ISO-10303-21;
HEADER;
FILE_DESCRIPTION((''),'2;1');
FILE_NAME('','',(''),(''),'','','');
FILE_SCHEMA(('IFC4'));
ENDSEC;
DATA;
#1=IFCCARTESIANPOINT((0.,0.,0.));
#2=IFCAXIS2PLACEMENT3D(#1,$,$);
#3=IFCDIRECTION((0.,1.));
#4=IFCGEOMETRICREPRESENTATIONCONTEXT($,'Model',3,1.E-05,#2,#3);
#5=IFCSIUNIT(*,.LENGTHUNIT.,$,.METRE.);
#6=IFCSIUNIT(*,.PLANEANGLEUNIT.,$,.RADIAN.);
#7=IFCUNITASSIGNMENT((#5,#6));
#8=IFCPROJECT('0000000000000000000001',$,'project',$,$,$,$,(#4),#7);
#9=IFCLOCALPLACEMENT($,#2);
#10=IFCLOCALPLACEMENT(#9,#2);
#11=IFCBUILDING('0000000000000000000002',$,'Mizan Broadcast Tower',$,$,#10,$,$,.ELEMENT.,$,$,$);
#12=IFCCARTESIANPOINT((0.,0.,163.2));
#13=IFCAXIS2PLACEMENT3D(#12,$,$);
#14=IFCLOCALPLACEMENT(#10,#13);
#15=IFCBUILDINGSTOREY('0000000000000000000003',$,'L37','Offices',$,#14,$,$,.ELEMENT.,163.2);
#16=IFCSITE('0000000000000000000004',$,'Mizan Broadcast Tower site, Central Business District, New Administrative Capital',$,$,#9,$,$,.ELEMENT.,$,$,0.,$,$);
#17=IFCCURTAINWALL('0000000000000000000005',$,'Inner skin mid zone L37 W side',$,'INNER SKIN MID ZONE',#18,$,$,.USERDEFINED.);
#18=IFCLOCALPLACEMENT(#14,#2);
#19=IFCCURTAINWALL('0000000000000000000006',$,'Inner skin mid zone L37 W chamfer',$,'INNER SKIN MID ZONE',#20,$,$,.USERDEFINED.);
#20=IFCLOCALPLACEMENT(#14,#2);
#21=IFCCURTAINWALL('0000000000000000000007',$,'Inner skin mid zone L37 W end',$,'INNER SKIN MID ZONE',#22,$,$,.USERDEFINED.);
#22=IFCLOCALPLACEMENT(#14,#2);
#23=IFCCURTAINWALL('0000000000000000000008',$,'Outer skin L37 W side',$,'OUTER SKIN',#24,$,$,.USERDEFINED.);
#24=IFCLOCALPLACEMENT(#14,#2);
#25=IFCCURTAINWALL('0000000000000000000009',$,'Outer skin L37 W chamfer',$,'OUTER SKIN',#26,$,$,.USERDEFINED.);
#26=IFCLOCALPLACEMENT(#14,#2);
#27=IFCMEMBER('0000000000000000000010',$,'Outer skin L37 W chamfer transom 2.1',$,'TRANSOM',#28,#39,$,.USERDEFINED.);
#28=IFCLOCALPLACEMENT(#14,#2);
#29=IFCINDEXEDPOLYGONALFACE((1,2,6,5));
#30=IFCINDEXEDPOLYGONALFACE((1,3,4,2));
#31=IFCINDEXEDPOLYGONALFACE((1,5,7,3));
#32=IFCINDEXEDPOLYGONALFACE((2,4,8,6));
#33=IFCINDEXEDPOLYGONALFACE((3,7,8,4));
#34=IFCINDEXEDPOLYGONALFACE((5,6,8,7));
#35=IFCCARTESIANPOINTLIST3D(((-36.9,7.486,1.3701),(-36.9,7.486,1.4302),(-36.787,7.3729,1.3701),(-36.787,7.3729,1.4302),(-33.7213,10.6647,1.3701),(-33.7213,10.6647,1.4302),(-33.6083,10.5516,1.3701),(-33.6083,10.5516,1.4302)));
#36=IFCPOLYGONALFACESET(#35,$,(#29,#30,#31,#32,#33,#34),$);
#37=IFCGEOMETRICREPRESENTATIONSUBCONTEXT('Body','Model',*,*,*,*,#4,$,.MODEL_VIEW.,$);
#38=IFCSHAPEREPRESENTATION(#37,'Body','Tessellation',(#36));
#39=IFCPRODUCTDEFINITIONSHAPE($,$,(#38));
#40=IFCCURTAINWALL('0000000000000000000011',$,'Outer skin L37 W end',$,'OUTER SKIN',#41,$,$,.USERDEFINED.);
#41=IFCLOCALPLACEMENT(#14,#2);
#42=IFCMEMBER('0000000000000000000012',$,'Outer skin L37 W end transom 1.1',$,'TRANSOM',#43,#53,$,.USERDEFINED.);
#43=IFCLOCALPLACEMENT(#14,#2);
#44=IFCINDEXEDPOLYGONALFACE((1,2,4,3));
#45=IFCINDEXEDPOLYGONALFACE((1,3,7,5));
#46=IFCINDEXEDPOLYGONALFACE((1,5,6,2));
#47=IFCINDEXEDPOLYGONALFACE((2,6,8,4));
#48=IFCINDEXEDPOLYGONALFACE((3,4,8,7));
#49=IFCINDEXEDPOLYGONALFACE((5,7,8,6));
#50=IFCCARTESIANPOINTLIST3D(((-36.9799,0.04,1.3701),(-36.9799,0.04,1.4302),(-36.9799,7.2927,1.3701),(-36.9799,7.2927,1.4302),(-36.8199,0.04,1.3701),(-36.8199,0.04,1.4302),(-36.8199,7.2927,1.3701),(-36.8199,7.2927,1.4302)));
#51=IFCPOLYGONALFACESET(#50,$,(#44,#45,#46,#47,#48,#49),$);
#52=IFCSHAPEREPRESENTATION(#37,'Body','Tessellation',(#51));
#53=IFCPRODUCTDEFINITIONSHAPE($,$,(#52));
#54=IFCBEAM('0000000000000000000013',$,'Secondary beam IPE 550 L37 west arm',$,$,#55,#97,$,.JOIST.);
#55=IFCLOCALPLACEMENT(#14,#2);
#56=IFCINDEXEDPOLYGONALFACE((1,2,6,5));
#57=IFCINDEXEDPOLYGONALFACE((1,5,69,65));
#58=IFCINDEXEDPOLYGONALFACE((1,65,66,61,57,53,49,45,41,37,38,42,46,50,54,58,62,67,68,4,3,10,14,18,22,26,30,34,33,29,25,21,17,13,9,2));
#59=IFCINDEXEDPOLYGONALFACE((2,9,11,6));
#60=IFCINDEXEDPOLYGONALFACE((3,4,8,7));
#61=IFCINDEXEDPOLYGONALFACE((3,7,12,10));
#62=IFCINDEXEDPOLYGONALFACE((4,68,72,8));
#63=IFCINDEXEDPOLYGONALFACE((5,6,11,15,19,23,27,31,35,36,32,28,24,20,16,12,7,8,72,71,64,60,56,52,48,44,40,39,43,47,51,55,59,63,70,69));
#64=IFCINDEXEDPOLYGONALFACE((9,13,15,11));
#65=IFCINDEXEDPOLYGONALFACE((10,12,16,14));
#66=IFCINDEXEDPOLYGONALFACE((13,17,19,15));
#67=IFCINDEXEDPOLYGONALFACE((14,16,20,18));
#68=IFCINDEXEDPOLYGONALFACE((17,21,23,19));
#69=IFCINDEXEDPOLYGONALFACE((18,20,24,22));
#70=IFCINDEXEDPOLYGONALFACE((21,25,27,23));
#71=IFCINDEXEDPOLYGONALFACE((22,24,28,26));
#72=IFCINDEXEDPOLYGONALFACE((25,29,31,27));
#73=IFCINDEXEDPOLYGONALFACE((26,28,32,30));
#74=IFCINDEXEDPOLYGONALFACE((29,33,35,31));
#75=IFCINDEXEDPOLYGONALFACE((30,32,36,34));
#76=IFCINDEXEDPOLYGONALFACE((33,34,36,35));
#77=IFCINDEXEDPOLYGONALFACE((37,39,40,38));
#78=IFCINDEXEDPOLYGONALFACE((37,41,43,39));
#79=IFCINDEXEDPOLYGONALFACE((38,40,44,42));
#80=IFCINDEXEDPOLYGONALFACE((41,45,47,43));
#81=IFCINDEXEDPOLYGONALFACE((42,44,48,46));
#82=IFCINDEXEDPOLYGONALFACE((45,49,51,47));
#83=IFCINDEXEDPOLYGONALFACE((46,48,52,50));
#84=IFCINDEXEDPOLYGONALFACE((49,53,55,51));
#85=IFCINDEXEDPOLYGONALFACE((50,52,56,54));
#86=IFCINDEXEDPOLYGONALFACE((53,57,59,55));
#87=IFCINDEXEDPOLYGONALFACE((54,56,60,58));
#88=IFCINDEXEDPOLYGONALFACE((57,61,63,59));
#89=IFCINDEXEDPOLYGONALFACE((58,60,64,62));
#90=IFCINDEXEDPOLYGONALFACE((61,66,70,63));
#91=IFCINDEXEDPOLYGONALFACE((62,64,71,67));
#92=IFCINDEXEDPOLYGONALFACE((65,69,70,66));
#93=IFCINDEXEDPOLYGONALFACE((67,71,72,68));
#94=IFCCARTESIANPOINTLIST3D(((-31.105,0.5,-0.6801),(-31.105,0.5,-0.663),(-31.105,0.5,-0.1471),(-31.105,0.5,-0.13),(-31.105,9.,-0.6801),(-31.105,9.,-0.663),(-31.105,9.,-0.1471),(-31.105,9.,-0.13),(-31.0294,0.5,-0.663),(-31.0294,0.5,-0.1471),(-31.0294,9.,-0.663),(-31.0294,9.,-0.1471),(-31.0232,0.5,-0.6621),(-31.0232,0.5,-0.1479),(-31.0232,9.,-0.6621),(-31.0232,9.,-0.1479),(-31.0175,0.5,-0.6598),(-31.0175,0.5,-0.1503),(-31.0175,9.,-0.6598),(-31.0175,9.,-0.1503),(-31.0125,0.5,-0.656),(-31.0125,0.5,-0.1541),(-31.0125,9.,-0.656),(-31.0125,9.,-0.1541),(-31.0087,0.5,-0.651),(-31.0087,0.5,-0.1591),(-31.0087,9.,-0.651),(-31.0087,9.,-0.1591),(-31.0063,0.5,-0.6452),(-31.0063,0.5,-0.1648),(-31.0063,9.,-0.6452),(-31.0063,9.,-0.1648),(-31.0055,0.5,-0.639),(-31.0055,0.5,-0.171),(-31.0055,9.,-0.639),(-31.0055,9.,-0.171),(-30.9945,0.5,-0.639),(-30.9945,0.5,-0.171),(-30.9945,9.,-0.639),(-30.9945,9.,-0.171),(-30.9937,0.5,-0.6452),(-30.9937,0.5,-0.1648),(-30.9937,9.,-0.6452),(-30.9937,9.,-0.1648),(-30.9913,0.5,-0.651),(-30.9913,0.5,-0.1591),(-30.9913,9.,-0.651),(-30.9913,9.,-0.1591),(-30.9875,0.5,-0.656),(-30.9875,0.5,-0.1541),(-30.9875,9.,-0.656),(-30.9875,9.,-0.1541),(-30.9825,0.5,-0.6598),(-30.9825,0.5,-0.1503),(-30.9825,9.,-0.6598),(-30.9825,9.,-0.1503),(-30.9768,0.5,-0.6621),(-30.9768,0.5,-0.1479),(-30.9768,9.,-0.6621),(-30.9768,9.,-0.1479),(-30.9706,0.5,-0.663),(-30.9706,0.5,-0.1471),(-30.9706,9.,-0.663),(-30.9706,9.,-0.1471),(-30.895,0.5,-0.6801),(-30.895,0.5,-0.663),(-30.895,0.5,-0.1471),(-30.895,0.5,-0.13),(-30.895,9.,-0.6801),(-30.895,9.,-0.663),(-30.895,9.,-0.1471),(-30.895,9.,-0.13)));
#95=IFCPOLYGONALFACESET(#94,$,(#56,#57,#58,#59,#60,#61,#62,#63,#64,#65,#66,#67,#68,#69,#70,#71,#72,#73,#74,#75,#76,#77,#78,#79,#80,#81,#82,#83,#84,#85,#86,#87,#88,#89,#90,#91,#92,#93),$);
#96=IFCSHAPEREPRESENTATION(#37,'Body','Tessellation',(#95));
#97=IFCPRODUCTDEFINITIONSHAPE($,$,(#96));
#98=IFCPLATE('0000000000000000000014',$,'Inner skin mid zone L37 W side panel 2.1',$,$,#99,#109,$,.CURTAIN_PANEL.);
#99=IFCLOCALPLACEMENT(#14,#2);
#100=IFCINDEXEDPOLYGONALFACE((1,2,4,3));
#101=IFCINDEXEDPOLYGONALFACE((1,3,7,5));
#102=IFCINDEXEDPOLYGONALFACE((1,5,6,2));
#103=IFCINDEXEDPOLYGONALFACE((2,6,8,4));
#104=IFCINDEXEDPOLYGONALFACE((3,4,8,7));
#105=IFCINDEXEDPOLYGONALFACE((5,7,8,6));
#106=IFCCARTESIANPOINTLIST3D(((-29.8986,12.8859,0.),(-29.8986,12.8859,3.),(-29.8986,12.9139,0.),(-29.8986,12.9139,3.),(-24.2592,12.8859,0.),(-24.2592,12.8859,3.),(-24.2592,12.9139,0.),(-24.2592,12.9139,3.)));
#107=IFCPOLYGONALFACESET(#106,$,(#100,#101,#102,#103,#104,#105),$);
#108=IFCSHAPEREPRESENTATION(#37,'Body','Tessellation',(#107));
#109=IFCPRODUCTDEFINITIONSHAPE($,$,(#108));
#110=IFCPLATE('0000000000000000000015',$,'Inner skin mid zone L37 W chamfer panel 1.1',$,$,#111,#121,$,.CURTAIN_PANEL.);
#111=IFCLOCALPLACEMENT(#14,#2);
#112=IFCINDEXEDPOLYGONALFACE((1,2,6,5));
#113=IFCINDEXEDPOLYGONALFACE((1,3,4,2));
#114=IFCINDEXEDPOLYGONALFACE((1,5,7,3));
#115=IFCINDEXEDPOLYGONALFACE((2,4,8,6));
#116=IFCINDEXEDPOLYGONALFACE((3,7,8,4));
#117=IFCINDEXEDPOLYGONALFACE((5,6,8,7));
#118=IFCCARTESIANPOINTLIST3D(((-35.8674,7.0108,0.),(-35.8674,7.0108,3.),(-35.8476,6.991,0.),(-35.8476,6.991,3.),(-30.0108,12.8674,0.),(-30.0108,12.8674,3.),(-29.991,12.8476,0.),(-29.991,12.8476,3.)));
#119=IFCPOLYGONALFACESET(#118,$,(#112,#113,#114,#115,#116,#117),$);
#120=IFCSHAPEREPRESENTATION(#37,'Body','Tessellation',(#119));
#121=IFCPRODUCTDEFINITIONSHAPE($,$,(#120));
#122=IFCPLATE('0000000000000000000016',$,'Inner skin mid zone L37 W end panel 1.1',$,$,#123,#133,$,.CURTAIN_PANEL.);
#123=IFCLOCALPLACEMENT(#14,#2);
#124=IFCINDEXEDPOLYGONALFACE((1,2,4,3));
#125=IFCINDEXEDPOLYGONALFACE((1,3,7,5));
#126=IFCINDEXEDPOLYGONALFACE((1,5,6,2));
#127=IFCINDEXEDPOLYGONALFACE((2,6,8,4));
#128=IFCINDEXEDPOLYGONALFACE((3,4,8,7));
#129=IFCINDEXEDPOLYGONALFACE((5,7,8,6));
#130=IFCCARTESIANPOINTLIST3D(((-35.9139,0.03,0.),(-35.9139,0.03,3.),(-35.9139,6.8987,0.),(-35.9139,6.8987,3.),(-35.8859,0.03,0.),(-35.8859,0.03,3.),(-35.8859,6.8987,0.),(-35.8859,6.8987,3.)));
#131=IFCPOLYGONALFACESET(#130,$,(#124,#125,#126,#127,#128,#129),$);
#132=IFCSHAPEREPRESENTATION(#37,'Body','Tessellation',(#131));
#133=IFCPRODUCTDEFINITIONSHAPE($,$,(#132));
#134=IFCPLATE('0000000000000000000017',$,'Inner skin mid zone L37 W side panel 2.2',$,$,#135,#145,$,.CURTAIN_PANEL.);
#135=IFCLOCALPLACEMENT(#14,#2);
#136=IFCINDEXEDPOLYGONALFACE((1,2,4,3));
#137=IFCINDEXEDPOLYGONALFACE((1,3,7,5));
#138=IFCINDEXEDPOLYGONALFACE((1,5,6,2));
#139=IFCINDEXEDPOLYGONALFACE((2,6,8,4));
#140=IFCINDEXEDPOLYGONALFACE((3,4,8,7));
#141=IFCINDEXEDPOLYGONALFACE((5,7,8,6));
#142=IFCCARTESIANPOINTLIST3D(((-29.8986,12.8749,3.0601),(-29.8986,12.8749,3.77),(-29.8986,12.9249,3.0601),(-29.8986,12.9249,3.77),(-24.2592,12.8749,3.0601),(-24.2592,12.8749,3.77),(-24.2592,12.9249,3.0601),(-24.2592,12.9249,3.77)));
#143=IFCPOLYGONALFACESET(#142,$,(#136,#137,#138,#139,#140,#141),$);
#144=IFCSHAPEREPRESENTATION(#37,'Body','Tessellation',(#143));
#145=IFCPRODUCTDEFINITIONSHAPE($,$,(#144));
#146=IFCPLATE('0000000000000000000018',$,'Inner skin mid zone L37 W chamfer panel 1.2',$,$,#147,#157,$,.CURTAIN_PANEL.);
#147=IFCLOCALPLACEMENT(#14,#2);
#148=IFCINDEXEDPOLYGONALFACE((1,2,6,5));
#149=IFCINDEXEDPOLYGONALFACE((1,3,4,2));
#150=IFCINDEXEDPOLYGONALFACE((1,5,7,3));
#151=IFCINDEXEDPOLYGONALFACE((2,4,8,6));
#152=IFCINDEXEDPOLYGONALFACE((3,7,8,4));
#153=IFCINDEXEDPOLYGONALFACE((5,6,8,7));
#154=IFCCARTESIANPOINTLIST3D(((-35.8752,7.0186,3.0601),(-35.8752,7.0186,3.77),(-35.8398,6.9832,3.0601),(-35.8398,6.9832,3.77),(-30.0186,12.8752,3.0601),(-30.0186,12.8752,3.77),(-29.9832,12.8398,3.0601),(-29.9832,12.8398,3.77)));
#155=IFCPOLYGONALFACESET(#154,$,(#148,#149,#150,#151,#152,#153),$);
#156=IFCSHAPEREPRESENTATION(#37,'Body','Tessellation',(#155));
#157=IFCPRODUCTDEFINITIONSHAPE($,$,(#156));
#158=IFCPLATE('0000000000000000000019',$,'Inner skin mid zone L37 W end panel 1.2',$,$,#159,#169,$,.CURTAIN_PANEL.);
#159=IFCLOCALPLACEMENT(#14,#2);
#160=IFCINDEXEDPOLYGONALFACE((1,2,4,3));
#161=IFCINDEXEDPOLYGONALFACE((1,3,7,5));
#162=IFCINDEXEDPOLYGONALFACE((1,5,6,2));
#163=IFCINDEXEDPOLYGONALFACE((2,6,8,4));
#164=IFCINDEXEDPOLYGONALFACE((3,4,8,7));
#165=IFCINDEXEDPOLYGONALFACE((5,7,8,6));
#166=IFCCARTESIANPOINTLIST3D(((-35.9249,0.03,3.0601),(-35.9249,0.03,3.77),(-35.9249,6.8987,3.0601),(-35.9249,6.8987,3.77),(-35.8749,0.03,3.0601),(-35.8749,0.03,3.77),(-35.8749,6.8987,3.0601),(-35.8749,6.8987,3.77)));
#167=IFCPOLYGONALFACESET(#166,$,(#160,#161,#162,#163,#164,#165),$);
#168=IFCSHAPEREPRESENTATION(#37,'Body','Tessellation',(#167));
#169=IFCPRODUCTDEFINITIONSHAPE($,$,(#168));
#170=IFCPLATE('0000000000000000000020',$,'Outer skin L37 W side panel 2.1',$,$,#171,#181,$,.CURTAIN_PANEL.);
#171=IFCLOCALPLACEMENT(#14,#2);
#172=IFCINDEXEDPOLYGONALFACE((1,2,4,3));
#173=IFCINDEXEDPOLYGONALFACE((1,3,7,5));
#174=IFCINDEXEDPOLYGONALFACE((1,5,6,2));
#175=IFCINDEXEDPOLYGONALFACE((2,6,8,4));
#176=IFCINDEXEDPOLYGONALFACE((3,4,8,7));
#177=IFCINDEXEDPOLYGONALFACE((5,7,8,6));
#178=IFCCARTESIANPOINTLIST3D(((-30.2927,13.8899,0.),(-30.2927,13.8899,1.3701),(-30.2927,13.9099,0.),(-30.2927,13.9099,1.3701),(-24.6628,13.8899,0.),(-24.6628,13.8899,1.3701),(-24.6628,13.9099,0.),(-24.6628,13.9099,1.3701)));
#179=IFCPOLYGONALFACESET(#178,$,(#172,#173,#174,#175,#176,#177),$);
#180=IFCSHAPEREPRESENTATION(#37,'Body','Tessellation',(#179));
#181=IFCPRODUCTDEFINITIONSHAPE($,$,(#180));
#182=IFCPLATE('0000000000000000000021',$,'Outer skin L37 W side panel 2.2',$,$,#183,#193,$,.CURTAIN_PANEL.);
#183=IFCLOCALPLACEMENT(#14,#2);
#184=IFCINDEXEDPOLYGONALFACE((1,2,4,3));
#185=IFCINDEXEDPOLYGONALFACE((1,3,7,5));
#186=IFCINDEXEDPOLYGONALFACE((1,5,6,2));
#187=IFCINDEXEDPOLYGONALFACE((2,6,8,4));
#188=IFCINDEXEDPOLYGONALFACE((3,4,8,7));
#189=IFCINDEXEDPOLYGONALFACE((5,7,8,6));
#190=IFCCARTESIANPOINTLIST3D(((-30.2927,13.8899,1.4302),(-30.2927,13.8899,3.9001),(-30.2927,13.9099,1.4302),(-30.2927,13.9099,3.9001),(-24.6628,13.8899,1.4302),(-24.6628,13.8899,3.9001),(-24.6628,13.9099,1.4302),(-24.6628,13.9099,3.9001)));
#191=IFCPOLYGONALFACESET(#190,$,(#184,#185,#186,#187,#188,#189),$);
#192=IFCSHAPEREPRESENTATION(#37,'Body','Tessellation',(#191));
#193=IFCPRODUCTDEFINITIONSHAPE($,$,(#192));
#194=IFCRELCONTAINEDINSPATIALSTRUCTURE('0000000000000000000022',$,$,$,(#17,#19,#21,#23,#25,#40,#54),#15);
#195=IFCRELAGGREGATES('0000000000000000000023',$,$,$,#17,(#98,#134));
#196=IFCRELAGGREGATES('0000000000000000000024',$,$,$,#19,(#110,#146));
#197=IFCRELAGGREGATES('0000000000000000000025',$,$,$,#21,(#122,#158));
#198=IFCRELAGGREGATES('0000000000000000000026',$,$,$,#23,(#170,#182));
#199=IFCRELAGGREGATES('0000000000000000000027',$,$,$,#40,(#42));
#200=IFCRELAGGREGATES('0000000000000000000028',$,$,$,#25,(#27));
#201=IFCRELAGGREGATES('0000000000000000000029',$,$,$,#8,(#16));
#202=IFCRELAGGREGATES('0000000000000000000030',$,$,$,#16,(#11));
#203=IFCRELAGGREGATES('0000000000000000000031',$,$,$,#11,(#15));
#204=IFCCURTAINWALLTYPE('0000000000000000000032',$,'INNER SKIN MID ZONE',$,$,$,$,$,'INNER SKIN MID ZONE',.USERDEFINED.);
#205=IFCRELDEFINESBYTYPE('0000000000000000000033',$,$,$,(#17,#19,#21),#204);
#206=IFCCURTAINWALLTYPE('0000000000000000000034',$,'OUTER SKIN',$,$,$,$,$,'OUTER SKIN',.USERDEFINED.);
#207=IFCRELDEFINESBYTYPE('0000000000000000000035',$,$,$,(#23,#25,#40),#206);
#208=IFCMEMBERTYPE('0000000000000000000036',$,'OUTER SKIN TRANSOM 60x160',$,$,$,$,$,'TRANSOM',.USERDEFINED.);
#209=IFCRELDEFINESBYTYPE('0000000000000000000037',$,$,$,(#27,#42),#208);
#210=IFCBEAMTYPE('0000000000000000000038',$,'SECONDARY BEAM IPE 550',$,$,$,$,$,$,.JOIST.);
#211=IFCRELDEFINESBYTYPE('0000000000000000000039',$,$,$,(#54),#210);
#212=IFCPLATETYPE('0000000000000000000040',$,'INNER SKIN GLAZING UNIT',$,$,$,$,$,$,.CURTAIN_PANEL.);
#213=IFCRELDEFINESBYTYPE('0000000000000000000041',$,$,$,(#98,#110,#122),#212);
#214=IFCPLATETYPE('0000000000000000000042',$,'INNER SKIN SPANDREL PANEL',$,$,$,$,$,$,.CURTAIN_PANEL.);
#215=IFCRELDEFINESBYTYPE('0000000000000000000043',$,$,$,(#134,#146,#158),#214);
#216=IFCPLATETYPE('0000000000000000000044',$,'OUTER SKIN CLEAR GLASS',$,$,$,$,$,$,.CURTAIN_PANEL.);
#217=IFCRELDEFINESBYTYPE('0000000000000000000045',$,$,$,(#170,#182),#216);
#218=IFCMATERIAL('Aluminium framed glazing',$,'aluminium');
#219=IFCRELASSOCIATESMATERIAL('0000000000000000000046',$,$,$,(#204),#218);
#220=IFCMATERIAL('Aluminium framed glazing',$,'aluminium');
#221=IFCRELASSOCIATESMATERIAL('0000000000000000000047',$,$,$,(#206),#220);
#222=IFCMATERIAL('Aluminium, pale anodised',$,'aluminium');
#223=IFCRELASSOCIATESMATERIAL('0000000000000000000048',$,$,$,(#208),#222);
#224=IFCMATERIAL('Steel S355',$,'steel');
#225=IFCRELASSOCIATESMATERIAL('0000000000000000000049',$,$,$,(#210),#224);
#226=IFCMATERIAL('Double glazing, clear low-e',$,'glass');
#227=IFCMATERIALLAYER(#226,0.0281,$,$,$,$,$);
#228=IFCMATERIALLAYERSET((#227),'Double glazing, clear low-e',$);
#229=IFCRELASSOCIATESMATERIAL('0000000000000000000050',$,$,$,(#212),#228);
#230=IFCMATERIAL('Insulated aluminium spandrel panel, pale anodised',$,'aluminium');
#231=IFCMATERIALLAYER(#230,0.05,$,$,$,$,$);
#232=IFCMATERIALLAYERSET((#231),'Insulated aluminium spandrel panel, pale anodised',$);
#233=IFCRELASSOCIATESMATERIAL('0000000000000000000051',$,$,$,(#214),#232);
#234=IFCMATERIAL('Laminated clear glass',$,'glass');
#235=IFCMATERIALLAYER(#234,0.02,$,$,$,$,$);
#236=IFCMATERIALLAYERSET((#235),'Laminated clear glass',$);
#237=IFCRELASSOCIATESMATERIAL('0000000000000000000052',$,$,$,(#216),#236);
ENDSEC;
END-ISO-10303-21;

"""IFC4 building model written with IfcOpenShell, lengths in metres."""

from ifc_helpers import new_model, si_unit, direction, frame, origin, origin_2d, place, context, subcontext, project, spatial, rectangle, i_section, extrude, material, layer, layer_set, material_profile, profile_set, type_object, element, aggregate, save


model = new_model("IFC4")

# Units and contexts
model_context = context("Model", 3, precision=1e-05, world=origin(), true_north=direction((0.0, 1.0)))
body_context = subcontext(model_context, "Body", "Model", "MODEL_VIEW")
ifc_project = project(units=[si_unit("LENGTHUNIT", "METRE"), si_unit("PLANEANGLEUNIT", "RADIAN")], contexts=[model_context])

# Site, building, storey
site_placement = place(None, origin())
site = spatial("IfcSite", under=ifc_project, at=site_placement, Name="Mizan Broadcast Tower site, Central Business District, New Administrative Capital", CompositionType="ELEMENT", RefElevation=0.0)
building_placement = place(site_placement, origin())
building = spatial("IfcBuilding", under=site, at=building_placement, Name="Mizan Broadcast Tower", CompositionType="ELEMENT")
storey_placement = place(building_placement, frame((0.0, 0.0, 163.2)))
storey = spatial("IfcBuildingStorey", under=building, at=storey_placement, Name="L37", Description="Offices", CompositionType="ELEMENT", Elevation=163.2)

# Curtain wall
ifc_material_1 = material(Name="Aluminium framed glazing", Category="aluminium")
curtain_wall_type_1 = type_object("IfcCurtainWallType", Name="INNER SKIN MID ZONE", ElementType="INNER SKIN MID ZONE", PredefinedType="USERDEFINED", material=ifc_material_1)
curtain_wall_1_placement = place(storey_placement, origin())
curtain_wall_1 = element("IfcCurtainWall", 1, at=curtain_wall_1_placement, inside=storey, type_object=curtain_wall_type_1, Name="Inner skin mid zone L37 W side", ObjectType="INNER SKIN MID ZONE", PredefinedType="USERDEFINED")

# Curtain wall
curtain_wall_2_placement = place(storey_placement, origin())
curtain_wall_2 = element("IfcCurtainWall", 2, at=curtain_wall_2_placement, inside=storey, type_object=curtain_wall_type_1, Name="Inner skin mid zone L37 W chamfer", ObjectType="INNER SKIN MID ZONE", PredefinedType="USERDEFINED")

# Curtain walls
curtain_wall_3_placement = place(storey_placement, origin())
curtain_wall_3 = element("IfcCurtainWall", 3, at=curtain_wall_3_placement, inside=storey, type_object=curtain_wall_type_1, Name="Inner skin mid zone L37 W end", ObjectType="INNER SKIN MID ZONE", PredefinedType="USERDEFINED")
ifc_material_2 = material(Name="Aluminium framed glazing", Category="aluminium")
curtain_wall_type_2 = type_object("IfcCurtainWallType", Name="OUTER SKIN", ElementType="OUTER SKIN", PredefinedType="USERDEFINED", material=ifc_material_2)
curtain_wall_4_placement = place(storey_placement, origin())
curtain_wall_4 = element("IfcCurtainWall", 4, at=curtain_wall_4_placement, inside=storey, type_object=curtain_wall_type_2, Name="Outer skin L37 W side", ObjectType="OUTER SKIN", PredefinedType="USERDEFINED")

# Curtain wall, member
curtain_wall_5_placement = place(storey_placement, origin())
curtain_wall_5 = element("IfcCurtainWall", 5, at=curtain_wall_5_placement, inside=storey, type_object=curtain_wall_type_2, Name="Outer skin L37 W chamfer", ObjectType="OUTER SKIN", PredefinedType="USERDEFINED")
ifc_material_3 = material(Name="Aluminium, pale anodised", Category="aluminium")
ifc_material_profile_1 = material_profile(ifc_material_3, rectangle(XDim=0.1599, YDim=0.0601, at=origin_2d()), Name="TRANSOM 160x60")
ifc_profile_set_1 = profile_set([ifc_material_profile_1], Name="Aluminium, pale anodised")
member_type_1 = type_object("IfcMemberType", Name="OUTER SKIN TRANSOM 60x160", ElementType="TRANSOM", PredefinedType="USERDEFINED", material=ifc_profile_set_1)
member_1_placement = place(storey_placement, frame((-33.6648, 10.6082, 1.4001), z_axis=(-0.707107, -0.707107, 0.0), x_axis=(0.707107, -0.707107, 0.0)))
member_1 = element("IfcMember", 6, at=member_1_placement, type_object=member_type_1, Name="Outer skin L37 W chamfer transom 2.1", ObjectType="TRANSOM", PredefinedType="USERDEFINED", context=body_context, shape_type="SweptSolid", body=[
    extrude(rectangle(XDim=0.1599, YDim=0.0601, at=origin_2d()), origin(), (0.0, 0.0, 1.0), 4.4954),
])

# Curtain wall, member
curtain_wall_6_placement = place(storey_placement, origin())
curtain_wall_6 = element("IfcCurtainWall", 7, at=curtain_wall_6_placement, inside=storey, type_object=curtain_wall_type_2, Name="Outer skin L37 W end", ObjectType="OUTER SKIN", PredefinedType="USERDEFINED")
member_2_placement = place(storey_placement, frame((-36.8999, 7.2927, 1.4001), z_axis=(0.0, -1.0, 0.0), x_axis=(1.0, 0.0, 0.0)))
member_2 = element("IfcMember", 8, at=member_2_placement, type_object=member_type_1, Name="Outer skin L37 W end transom 1.1", ObjectType="TRANSOM", PredefinedType="USERDEFINED", context=body_context, shape_type="SweptSolid", body=[
    extrude(rectangle(XDim=0.1599, YDim=0.0601, at=origin_2d()), origin(), (0.0, 0.0, 1.0), 7.2527),
])

# Beam
ifc_material_4 = material(Name="Steel S355", Category="steel")
ifc_material_profile_2 = material_profile(ifc_material_4, i_section(OverallWidth=0.21, OverallDepth=0.55, WebThickness=0.011, FlangeThickness=0.0171, FilletRadius=0.0239, at=origin_2d()), Name="IPE 550")
ifc_profile_set_2 = profile_set([ifc_material_profile_2], Name="Steel S355")
beam_type_1 = type_object("IfcBeamType", Name="SECONDARY BEAM IPE 550", PredefinedType="JOIST", material=ifc_profile_set_2)
beam_1_placement = place(storey_placement, frame((-31.0, 9.0, -0.405), z_axis=(0.0, -1.0, 0.0), x_axis=(1.0, 0.0, 0.0)))
element("IfcBeam", 9, at=beam_1_placement, inside=storey, type_object=beam_type_1, Name="Secondary beam IPE 550 L37 west arm", PredefinedType="JOIST", context=body_context, shape_type="SweptSolid", body=[
    extrude(i_section(OverallWidth=0.21, OverallDepth=0.55, WebThickness=0.011, FlangeThickness=0.0171, FilletRadius=0.0239, at=origin_2d()), origin(), (0.0, 0.0, 1.0), 8.5),
])

# Plates
ifc_material_5 = material(Name="Double glazing, clear low-e", Category="glass")
ifc_layer_1 = layer(ifc_material_5, 0.0281)
ifc_layer_set_1 = layer_set([ifc_layer_1], Name="Double glazing, clear low-e")
plate_type_1 = type_object("IfcPlateType", Name="INNER SKIN GLAZING UNIT", PredefinedType="CURTAIN_PANEL", material=ifc_layer_set_1)
plate_1_placement = place(storey_placement, frame((-27.0789, 12.8999, 0.0), z_axis=(0.0, 0.0, 1.0), x_axis=(-1.0, 0.0, 0.0)))
plate_1 = element("IfcPlate", 10, at=plate_1_placement, type_object=plate_type_1, Name="Inner skin mid zone L37 W side panel 2.1", PredefinedType="CURTAIN_PANEL", context=body_context, shape_type="SweptSolid", body=[
    extrude(rectangle(XDim=5.6394, YDim=0.0281, at=origin_2d()), origin(), (0.0, 0.0, 1.0), 3.0),
])
plate_2_placement = place(storey_placement, frame((-32.9292, 9.9292, 0.0), z_axis=(0.0, 0.0, 1.0), x_axis=(-0.707107, -0.707107, 0.0)))
plate_2 = element("IfcPlate", 11, at=plate_2_placement, type_object=plate_type_1, Name="Inner skin mid zone L37 W chamfer panel 1.1", PredefinedType="CURTAIN_PANEL", context=body_context, shape_type="SweptSolid", body=[
    extrude(rectangle(XDim=8.2825, YDim=0.0281, at=origin_2d()), origin(), (0.0, 0.0, 1.0), 3.0),
])
plate_3_placement = place(storey_placement, frame((-35.8999, 3.4644, 0.0), z_axis=(0.0, 0.0, 1.0), x_axis=(0.0, -1.0, 0.0)))
plate_3 = element("IfcPlate", 12, at=plate_3_placement, type_object=plate_type_1, Name="Inner skin mid zone L37 W end panel 1.1", PredefinedType="CURTAIN_PANEL", context=body_context, shape_type="SweptSolid", body=[
    extrude(rectangle(XDim=6.8687, YDim=0.0281, at=origin_2d()), origin(), (0.0, 0.0, 1.0), 3.0),
])
ifc_material_6 = material(Name="Insulated aluminium spandrel panel, pale anodised", Category="aluminium")
ifc_layer_2 = layer(ifc_material_6, 0.05)
ifc_layer_set_2 = layer_set([ifc_layer_2], Name="Insulated aluminium spandrel panel, pale anodised")
plate_type_2 = type_object("IfcPlateType", Name="INNER SKIN SPANDREL PANEL", PredefinedType="CURTAIN_PANEL", material=ifc_layer_set_2)
plate_4_placement = place(storey_placement, frame((-27.0789, 12.8999, 3.0601), z_axis=(0.0, 0.0, 1.0), x_axis=(-1.0, 0.0, 0.0)))
plate_4 = element("IfcPlate", 13, at=plate_4_placement, type_object=plate_type_2, Name="Inner skin mid zone L37 W side panel 2.2", PredefinedType="CURTAIN_PANEL", context=body_context, shape_type="SweptSolid", body=[
    extrude(rectangle(XDim=5.6394, YDim=0.05, at=origin_2d()), origin(), (0.0, 0.0, 1.0), 0.71),
])
aggregate(curtain_wall_1, [plate_1, plate_4])
plate_5_placement = place(storey_placement, frame((-32.9292, 9.9292, 3.0601), z_axis=(0.0, 0.0, 1.0), x_axis=(-0.707107, -0.707107, 0.0)))
plate_5 = element("IfcPlate", 14, at=plate_5_placement, type_object=plate_type_2, Name="Inner skin mid zone L37 W chamfer panel 1.2", PredefinedType="CURTAIN_PANEL", context=body_context, shape_type="SweptSolid", body=[
    extrude(rectangle(XDim=8.2825, YDim=0.05, at=origin_2d()), origin(), (0.0, 0.0, 1.0), 0.71),
])
aggregate(curtain_wall_2, [plate_2, plate_5])
plate_6_placement = place(storey_placement, frame((-35.8999, 3.4644, 3.0601), z_axis=(0.0, 0.0, 1.0), x_axis=(0.0, -1.0, 0.0)))
plate_6 = element("IfcPlate", 15, at=plate_6_placement, type_object=plate_type_2, Name="Inner skin mid zone L37 W end panel 1.2", PredefinedType="CURTAIN_PANEL", context=body_context, shape_type="SweptSolid", body=[
    extrude(rectangle(XDim=6.8687, YDim=0.05, at=origin_2d()), origin(), (0.0, 0.0, 1.0), 0.71),
])
aggregate(curtain_wall_3, [plate_3, plate_6])
ifc_material_7 = material(Name="Laminated clear glass", Category="glass")
ifc_layer_3 = layer(ifc_material_7, 0.02)
ifc_layer_set_3 = layer_set([ifc_layer_3], Name="Laminated clear glass")
plate_type_3 = type_object("IfcPlateType", Name="OUTER SKIN CLEAR GLASS", PredefinedType="CURTAIN_PANEL", material=ifc_layer_set_3)
plate_7_placement = place(storey_placement, frame((-27.4778, 13.8999, 0.0), z_axis=(0.0, 0.0, 1.0), x_axis=(-1.0, 0.0, 0.0)))
plate_7 = element("IfcPlate", 16, at=plate_7_placement, type_object=plate_type_3, Name="Outer skin L37 W side panel 2.1", PredefinedType="CURTAIN_PANEL", context=body_context, shape_type="SweptSolid", body=[
    extrude(rectangle(XDim=5.6299, YDim=0.02, at=origin_2d()), origin(), (0.0, 0.0, 1.0), 1.3701),
])
plate_8_placement = place(storey_placement, frame((-27.4778, 13.8999, 1.4302), z_axis=(0.0, 0.0, 1.0), x_axis=(-1.0, 0.0, 0.0)))
plate_8 = element("IfcPlate", 17, at=plate_8_placement, type_object=plate_type_3, Name="Outer skin L37 W side panel 2.2", PredefinedType="CURTAIN_PANEL", context=body_context, shape_type="SweptSolid", body=[
    extrude(rectangle(XDim=5.6299, YDim=0.02, at=origin_2d()), origin(), (0.0, 0.0, 1.0), 2.47),
])
aggregate(curtain_wall_4, [plate_7, plate_8])
aggregate(curtain_wall_6, [member_2])
aggregate(curtain_wall_5, [member_1])

save(model, "model.ifc")
